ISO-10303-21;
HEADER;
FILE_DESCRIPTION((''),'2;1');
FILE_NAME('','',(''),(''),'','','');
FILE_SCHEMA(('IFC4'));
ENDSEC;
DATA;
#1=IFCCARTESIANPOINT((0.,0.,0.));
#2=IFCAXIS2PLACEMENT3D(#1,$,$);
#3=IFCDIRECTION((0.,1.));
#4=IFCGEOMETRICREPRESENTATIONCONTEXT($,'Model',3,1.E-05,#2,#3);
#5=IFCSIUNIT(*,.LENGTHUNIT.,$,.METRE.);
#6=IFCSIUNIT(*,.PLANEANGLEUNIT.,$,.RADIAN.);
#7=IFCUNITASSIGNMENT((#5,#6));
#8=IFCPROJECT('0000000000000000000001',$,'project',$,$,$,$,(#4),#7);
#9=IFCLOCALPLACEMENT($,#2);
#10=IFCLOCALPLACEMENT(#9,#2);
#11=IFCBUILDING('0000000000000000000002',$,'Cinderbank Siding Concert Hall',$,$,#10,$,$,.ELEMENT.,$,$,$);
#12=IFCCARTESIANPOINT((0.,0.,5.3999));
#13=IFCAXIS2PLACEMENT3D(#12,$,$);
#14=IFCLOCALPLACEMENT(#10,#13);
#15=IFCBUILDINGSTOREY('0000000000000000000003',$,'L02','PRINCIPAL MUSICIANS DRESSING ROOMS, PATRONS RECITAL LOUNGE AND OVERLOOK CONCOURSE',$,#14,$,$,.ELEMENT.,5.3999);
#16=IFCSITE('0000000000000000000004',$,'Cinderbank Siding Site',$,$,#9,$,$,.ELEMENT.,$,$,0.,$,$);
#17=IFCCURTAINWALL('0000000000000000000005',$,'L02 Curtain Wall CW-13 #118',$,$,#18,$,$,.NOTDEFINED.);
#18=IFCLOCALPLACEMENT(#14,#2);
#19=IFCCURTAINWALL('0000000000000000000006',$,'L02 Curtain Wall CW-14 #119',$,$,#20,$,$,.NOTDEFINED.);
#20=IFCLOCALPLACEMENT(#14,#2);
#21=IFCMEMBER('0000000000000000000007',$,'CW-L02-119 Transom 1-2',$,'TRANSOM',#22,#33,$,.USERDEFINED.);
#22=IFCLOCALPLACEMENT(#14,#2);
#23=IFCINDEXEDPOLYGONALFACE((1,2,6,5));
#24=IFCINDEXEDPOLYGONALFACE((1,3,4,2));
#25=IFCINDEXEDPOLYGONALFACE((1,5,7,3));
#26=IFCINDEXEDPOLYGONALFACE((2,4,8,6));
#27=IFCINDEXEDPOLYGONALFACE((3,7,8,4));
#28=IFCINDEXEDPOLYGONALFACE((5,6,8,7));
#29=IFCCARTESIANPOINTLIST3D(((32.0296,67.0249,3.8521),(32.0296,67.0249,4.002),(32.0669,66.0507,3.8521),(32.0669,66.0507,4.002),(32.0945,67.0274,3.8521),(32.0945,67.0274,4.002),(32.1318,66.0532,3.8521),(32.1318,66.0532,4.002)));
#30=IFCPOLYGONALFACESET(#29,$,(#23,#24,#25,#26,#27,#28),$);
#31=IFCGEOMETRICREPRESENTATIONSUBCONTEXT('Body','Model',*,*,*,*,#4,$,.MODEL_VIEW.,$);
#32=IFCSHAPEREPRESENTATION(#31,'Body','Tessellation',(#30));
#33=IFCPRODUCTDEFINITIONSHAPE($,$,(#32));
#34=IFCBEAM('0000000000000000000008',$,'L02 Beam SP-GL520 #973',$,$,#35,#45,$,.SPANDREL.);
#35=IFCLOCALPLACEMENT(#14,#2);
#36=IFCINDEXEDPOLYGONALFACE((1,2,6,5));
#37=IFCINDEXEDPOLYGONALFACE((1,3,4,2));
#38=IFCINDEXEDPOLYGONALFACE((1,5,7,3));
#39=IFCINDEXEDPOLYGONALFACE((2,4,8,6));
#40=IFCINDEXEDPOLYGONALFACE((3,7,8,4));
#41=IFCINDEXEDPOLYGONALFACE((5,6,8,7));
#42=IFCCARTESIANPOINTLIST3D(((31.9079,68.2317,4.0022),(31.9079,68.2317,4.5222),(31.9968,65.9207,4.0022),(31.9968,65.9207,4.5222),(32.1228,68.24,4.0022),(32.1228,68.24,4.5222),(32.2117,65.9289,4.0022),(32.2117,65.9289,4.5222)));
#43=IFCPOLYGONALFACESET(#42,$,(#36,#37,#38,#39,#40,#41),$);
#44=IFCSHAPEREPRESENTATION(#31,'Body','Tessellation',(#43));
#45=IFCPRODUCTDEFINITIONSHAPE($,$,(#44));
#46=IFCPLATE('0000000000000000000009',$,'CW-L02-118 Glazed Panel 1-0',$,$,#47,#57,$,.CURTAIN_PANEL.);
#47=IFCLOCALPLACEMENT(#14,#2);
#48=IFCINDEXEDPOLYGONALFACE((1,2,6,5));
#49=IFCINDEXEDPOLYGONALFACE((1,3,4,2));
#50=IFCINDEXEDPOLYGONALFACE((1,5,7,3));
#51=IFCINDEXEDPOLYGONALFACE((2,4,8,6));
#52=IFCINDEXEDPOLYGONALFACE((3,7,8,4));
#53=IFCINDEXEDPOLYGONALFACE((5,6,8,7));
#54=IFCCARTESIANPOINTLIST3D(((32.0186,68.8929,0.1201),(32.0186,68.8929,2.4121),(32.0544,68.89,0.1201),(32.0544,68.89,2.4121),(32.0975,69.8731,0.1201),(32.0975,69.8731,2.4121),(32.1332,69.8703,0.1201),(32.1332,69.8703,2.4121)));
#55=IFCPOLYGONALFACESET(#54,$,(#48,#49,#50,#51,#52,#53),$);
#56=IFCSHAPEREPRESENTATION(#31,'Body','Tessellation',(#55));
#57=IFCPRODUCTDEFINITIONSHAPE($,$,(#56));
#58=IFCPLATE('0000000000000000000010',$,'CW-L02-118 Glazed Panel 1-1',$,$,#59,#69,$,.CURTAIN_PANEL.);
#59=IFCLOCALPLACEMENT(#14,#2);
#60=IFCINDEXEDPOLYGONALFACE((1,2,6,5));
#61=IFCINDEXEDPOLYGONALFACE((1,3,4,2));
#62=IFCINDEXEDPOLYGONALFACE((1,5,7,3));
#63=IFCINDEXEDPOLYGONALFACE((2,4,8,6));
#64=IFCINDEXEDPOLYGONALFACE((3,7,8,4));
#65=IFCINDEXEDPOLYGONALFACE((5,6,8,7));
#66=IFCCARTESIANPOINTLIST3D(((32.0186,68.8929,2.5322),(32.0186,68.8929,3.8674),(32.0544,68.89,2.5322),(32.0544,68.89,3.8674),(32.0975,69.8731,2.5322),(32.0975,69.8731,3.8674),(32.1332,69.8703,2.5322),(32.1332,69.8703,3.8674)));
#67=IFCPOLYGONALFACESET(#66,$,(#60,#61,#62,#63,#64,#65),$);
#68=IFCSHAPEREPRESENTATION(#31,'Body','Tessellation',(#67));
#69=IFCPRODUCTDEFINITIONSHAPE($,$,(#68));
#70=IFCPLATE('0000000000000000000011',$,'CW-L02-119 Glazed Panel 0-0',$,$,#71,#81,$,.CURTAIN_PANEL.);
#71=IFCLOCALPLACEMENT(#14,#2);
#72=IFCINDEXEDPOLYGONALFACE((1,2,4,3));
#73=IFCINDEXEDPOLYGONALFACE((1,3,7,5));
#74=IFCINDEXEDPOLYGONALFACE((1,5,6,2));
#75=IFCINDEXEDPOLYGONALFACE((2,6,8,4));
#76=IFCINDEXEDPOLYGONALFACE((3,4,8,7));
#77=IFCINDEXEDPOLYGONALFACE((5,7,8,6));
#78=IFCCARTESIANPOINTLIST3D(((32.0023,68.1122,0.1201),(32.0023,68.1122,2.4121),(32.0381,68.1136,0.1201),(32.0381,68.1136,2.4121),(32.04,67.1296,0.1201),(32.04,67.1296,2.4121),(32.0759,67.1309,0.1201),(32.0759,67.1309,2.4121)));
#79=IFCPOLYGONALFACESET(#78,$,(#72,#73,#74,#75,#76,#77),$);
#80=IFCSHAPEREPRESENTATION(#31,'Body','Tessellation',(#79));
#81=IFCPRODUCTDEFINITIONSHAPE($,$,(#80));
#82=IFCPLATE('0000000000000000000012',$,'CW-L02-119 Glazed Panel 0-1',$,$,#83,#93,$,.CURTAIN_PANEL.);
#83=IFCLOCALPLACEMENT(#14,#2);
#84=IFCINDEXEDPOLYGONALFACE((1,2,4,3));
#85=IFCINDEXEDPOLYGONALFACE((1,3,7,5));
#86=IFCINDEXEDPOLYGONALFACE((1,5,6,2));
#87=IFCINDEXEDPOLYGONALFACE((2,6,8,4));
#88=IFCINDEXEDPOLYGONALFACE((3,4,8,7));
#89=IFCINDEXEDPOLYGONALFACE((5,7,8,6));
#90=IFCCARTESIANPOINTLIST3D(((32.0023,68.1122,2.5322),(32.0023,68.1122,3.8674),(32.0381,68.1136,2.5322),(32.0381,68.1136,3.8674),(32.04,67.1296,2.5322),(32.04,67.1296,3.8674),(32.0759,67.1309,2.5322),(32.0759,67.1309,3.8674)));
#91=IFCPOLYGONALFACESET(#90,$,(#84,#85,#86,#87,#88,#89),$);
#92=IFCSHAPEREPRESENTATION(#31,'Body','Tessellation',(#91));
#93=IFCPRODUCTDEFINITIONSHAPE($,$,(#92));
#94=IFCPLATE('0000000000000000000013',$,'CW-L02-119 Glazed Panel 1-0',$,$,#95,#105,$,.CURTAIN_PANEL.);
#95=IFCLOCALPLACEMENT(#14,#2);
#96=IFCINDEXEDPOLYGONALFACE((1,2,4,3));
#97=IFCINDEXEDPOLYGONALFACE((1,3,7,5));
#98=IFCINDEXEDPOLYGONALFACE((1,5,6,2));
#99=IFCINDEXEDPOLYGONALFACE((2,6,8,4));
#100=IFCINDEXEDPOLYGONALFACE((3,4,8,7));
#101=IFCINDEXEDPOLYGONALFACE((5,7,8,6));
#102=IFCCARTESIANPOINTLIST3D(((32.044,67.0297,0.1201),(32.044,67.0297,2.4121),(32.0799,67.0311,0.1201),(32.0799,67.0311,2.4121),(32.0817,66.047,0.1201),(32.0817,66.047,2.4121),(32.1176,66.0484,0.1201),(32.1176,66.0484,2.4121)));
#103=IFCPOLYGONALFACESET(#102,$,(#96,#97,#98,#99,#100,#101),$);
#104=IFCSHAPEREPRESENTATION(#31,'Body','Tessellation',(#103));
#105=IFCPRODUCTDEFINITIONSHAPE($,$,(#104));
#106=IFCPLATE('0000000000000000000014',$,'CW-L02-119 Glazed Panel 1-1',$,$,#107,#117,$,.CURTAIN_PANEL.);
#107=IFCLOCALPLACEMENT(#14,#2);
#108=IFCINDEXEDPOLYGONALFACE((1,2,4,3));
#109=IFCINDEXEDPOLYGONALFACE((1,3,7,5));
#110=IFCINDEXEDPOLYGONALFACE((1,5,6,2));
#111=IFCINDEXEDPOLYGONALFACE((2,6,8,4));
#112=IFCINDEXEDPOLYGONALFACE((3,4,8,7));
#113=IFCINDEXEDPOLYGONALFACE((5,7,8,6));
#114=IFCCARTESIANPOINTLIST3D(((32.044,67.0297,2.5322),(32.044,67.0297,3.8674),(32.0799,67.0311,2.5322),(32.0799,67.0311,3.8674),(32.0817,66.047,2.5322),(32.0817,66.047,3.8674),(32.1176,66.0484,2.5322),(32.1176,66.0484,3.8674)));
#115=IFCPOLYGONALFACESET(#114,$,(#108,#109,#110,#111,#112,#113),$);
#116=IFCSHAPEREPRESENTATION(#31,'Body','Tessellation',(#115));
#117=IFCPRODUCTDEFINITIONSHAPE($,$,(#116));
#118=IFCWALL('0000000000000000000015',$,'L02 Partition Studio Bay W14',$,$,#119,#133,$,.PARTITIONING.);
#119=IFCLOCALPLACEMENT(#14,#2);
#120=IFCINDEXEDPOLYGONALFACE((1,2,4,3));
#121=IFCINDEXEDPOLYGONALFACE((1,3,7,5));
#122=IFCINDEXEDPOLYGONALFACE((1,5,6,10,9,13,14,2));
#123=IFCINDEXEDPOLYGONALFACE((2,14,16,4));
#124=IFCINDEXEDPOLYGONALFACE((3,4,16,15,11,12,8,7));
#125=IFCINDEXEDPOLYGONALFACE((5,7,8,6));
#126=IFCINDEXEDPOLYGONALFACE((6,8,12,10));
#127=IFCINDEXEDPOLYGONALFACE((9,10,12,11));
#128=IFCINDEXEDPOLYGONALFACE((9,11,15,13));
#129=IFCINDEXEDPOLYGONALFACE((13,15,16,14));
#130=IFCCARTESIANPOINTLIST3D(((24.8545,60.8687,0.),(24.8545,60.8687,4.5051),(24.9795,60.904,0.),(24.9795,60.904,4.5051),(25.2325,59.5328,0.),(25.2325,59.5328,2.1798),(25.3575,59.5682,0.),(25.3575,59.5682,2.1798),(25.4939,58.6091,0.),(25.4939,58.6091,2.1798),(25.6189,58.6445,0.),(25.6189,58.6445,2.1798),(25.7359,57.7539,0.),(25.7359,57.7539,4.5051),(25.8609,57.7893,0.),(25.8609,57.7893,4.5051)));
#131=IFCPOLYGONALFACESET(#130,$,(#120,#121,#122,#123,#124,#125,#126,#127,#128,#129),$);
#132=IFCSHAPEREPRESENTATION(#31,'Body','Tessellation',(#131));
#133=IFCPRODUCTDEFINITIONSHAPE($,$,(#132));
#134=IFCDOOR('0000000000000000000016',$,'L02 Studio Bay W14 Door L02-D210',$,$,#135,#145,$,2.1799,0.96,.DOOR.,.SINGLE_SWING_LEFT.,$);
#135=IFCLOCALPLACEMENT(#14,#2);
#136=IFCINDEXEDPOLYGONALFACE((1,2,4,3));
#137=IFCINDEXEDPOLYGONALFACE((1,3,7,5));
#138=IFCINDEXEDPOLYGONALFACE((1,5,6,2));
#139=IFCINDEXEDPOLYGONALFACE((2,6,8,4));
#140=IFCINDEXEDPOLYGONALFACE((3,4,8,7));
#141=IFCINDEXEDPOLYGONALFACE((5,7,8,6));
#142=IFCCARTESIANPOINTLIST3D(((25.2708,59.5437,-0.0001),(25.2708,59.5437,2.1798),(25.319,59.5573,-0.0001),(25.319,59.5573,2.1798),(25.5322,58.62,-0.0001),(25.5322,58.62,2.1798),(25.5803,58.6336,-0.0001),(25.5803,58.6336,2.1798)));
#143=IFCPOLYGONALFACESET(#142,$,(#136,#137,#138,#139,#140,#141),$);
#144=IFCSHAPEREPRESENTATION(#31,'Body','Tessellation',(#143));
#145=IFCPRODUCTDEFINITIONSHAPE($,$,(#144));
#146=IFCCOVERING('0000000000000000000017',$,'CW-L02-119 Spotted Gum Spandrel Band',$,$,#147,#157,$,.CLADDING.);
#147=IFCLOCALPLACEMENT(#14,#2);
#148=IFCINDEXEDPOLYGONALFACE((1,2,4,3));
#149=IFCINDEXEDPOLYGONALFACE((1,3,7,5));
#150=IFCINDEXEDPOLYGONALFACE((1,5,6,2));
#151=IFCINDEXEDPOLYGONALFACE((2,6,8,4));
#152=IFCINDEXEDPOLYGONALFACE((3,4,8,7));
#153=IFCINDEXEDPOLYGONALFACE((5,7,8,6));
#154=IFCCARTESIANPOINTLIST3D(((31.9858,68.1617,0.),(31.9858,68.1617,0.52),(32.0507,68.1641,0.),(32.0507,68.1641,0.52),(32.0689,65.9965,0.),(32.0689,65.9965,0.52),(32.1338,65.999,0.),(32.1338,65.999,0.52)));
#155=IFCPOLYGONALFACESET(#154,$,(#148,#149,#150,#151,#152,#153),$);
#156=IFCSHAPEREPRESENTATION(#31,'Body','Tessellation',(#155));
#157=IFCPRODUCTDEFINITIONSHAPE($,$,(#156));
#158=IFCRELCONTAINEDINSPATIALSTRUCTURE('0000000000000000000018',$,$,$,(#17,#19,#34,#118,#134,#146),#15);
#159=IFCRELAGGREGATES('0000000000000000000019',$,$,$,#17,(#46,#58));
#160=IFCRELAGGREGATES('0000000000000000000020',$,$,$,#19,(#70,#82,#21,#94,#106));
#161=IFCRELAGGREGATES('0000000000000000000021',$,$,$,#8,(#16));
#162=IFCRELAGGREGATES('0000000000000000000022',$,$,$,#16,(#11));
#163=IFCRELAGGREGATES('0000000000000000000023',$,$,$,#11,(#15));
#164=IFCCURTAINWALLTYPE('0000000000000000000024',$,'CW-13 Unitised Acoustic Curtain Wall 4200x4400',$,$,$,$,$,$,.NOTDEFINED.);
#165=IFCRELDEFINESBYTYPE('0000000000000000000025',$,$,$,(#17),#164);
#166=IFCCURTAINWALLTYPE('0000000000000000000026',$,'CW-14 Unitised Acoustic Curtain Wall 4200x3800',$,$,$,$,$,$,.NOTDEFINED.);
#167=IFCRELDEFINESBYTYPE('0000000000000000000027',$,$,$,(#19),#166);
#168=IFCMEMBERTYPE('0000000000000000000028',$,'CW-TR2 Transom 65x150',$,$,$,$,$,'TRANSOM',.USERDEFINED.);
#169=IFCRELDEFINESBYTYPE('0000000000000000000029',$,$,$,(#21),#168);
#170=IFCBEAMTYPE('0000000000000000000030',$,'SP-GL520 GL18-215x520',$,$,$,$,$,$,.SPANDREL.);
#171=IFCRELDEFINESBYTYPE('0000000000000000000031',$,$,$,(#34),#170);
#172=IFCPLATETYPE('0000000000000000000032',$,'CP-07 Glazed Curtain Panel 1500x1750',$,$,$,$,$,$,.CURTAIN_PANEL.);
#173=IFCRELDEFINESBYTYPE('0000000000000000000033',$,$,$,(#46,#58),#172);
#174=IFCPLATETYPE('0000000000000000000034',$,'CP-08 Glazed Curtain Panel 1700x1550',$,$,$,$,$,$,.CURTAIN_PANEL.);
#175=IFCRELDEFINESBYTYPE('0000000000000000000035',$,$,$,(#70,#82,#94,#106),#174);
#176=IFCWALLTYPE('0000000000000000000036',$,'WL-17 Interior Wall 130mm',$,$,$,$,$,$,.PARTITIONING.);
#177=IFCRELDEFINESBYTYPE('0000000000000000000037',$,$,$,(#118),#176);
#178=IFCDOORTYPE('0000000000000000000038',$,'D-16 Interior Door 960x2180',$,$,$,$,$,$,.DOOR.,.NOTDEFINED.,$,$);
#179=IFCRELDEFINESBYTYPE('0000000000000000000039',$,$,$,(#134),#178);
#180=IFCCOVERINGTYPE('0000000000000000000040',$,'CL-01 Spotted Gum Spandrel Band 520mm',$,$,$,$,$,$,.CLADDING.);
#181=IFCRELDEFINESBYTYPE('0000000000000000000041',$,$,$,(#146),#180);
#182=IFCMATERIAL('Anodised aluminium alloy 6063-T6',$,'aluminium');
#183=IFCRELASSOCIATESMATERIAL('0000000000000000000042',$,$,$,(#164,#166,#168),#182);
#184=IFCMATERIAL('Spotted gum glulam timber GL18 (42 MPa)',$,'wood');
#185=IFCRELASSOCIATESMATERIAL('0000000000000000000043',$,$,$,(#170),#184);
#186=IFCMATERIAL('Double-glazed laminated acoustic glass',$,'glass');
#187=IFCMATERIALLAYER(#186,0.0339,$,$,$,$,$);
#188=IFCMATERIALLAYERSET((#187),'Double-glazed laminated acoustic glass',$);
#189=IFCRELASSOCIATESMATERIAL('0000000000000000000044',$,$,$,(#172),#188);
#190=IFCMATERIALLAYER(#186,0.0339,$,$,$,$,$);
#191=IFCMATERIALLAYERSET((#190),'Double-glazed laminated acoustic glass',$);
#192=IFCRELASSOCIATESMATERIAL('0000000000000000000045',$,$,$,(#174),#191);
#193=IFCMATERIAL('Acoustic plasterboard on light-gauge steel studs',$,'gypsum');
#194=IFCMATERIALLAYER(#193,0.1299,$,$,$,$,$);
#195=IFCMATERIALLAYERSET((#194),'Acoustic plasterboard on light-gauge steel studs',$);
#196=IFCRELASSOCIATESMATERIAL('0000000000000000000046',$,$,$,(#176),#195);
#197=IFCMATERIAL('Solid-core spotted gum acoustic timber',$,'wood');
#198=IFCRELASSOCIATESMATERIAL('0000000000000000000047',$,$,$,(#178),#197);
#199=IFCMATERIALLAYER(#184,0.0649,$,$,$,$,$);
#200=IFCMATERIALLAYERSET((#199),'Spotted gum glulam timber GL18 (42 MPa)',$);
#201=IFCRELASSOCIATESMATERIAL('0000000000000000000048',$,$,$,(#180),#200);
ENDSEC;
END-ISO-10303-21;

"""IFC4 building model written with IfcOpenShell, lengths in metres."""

from ifc_helpers import new_model, si_unit, direction, frame, frame_2d, origin, origin_2d, place, context, subcontext, project, spatial, rectangle, extrude, material, layer, layer_set, material_profile, profile_set, type_object, element, fill, aggregate, save


model = new_model("IFC4")

# Units and contexts
model_context = context("Model", 3, precision=1e-05, world=origin(), true_north=direction((0.0, 1.0)))
body_context = subcontext(model_context, "Body", "Model", "MODEL_VIEW")
ifc_project = project(units=[si_unit("LENGTHUNIT", "METRE"), si_unit("PLANEANGLEUNIT", "RADIAN")], contexts=[model_context])

# Site, building, storey
site_placement = place(None, origin())
site = spatial("IfcSite", under=ifc_project, at=site_placement, Name="Cinderbank Siding Site", CompositionType="ELEMENT", RefElevation=0.0)
building_placement = place(site_placement, origin())
building = spatial("IfcBuilding", under=site, at=building_placement, Name="Cinderbank Siding Concert Hall", CompositionType="ELEMENT")
storey_placement = place(building_placement, frame((0.0, 0.0, 5.3999)))
storey = spatial("IfcBuildingStorey", under=building, at=storey_placement, Name="L02", Description="PRINCIPAL MUSICIANS DRESSING ROOMS, PATRONS RECITAL LOUNGE AND OVERLOOK CONCOURSE", CompositionType="ELEMENT", Elevation=5.3999)

# Curtain wall
ifc_material_1 = material(Name="Anodised aluminium alloy 6063-T6", Category="aluminium")
curtain_wall_type_1 = type_object("IfcCurtainWallType", Name="CW-13 Unitised Acoustic Curtain Wall 4200x4400", PredefinedType="NOTDEFINED", material=ifc_material_1)
curtain_wall_1_placement = place(storey_placement, origin())
curtain_wall_1 = element("IfcCurtainWall", 1, at=curtain_wall_1_placement, inside=storey, type_object=curtain_wall_type_1, Name="L02 Curtain Wall CW-13 #118", PredefinedType="NOTDEFINED")

# Curtain wall
curtain_wall_type_2 = type_object("IfcCurtainWallType", Name="CW-14 Unitised Acoustic Curtain Wall 4200x3800", PredefinedType="NOTDEFINED", material=ifc_material_1)
curtain_wall_2_placement = place(storey_placement, origin())
curtain_wall_2 = element("IfcCurtainWall", 2, at=curtain_wall_2_placement, inside=storey, type_object=curtain_wall_type_2, Name="L02 Curtain Wall CW-14 #119", PredefinedType="NOTDEFINED")

# Member
ifc_material_profile_1 = material_profile(ifc_material_1, rectangle(XDim=0.0649, YDim=0.1499, at=origin_2d()), Name="ALU-TRAN-65x150", Category="LoadBearing")
ifc_profile_set_1 = profile_set([ifc_material_profile_1], Name="Anodised aluminium alloy 6063-T6")
member_type_1 = type_object("IfcMemberType", Name="CW-TR2 Transom 65x150", ElementType="TRANSOM", PredefinedType="USERDEFINED", material=ifc_profile_set_1)
member_1_placement = place(storey_placement, frame((32.062, 67.0261, 3.927), z_axis=(0.038318, -0.999266, 0.0), x_axis=(0.999266, 0.038318, 0.0)))
member_1 = element("IfcMember", 3, at=member_1_placement, type_object=member_type_1, Name="CW-L02-119 Transom 1-2", ObjectType="TRANSOM", PredefinedType="USERDEFINED", context=body_context, shape_type="SweptSolid", body=[
    extrude(rectangle(XDim=0.0649, YDim=0.1499, at=origin_2d()), origin(), (0.0, 0.0, 1.0), 0.9749),
])

# Beam
ifc_material_2 = material(Name="Spotted gum glulam timber GL18 (42 MPa)", Category="wood")
ifc_material_profile_2 = material_profile(ifc_material_2, rectangle(XDim=0.2151, YDim=0.52, at=origin_2d()), Name="GL18-215x520", Category="LoadBearing")
ifc_profile_set_2 = profile_set([ifc_material_profile_2], Name="Spotted gum glulam timber GL18 (42 MPa)")
beam_type_1 = type_object("IfcBeamType", Name="SP-GL520 GL18-215x520", PredefinedType="SPANDREL", material=ifc_profile_set_2)
beam_placement = place(storey_placement, frame((32.0154, 68.2358, 4.2622), z_axis=(0.038425, -0.999261, 0.0), x_axis=(0.999261, 0.038425, 0.0)))
element("IfcBeam", 4, at=beam_placement, inside=storey, type_object=beam_type_1, Name="L02 Beam SP-GL520 #973", PredefinedType="SPANDREL", context=body_context, shape_type="SweptSolid", body=[
    extrude(rectangle(XDim=0.2151, YDim=0.52, at=origin_2d()), origin(), (0.0, 0.0, 1.0), 2.3127),
])

# Plates
ifc_material_3 = material(Name="Double-glazed laminated acoustic glass", Category="glass")
ifc_layer_1 = layer(ifc_material_3, 0.0339)
ifc_layer_set_1 = layer_set([ifc_layer_1], Name="Double-glazed laminated acoustic glass")
plate_type_1 = type_object("IfcPlateType", Name="CP-07 Glazed Curtain Panel 1500x1750", PredefinedType="CURTAIN_PANEL", material=ifc_layer_set_1)
plate_1_placement = place(storey_placement, frame((32.0759, 69.3816, 0.1201), z_axis=(0.0, 0.0, 1.0), x_axis=(-0.080196, -0.996779, 0.0)))
plate_1 = element("IfcPlate", 5, at=plate_1_placement, type_object=plate_type_1, Name="CW-L02-118 Glazed Panel 1-0", PredefinedType="CURTAIN_PANEL", context=body_context, shape_type="SweptSolid", body=[
    extrude(rectangle(XDim=0.9834, YDim=0.0359, at=origin_2d()), origin(), (0.0, 0.0, 1.0), 2.292),
])
plate_2_placement = place(storey_placement, frame((32.0759, 69.3816, 2.5322), z_axis=(0.0, 0.0, 1.0), x_axis=(-0.080196, -0.996779, 0.0)))
plate_2 = element("IfcPlate", 6, at=plate_2_placement, type_object=plate_type_1, Name="CW-L02-118 Glazed Panel 1-1", PredefinedType="CURTAIN_PANEL", context=body_context, shape_type="SweptSolid", body=[
    extrude(rectangle(XDim=0.9834, YDim=0.0359, at=origin_2d()), origin(), (0.0, 0.0, 1.0), 1.3352),
])
aggregate(curtain_wall_1, [plate_1, plate_2])
ifc_layer_2 = layer(ifc_material_3, 0.0339)
ifc_layer_set_2 = layer_set([ifc_layer_2], Name="Double-glazed laminated acoustic glass")
plate_type_2 = type_object("IfcPlateType", Name="CP-08 Glazed Curtain Panel 1700x1550", PredefinedType="CURTAIN_PANEL", material=ifc_layer_set_2)
plate_3_placement = place(storey_placement, frame((32.0391, 67.6216, 0.1201), z_axis=(0.0, 0.0, 1.0), x_axis=(0.03836, -0.999264, 0.0)))
plate_3 = element("IfcPlate", 7, at=plate_3_placement, type_object=plate_type_2, Name="CW-L02-119 Glazed Panel 0-0", PredefinedType="CURTAIN_PANEL", context=body_context, shape_type="SweptSolid", body=[
    extrude(rectangle(XDim=0.9834, YDim=0.0359, at=origin_2d()), origin(), (0.0, 0.0, 1.0), 2.292),
])
plate_4_placement = place(storey_placement, frame((32.0391, 67.6216, 2.5322), z_axis=(0.0, 0.0, 1.0), x_axis=(0.03836, -0.999264, 0.0)))
plate_4 = element("IfcPlate", 8, at=plate_4_placement, type_object=plate_type_2, Name="CW-L02-119 Glazed Panel 0-1", PredefinedType="CURTAIN_PANEL", context=body_context, shape_type="SweptSolid", body=[
    extrude(rectangle(XDim=0.9834, YDim=0.0359, at=origin_2d()), origin(), (0.0, 0.0, 1.0), 1.3352),
])
plate_5_placement = place(storey_placement, frame((32.0808, 66.5391, 0.1201), z_axis=(0.0, 0.0, 1.0), x_axis=(0.03836, -0.999264, 0.0)))
plate_5 = element("IfcPlate", 9, at=plate_5_placement, type_object=plate_type_2, Name="CW-L02-119 Glazed Panel 1-0", PredefinedType="CURTAIN_PANEL", context=body_context, shape_type="SweptSolid", body=[
    extrude(rectangle(XDim=0.9834, YDim=0.0359, at=origin_2d()), origin(), (0.0, 0.0, 1.0), 2.292),
])
plate_6_placement = place(storey_placement, frame((32.0808, 66.5391, 2.5322), z_axis=(0.0, 0.0, 1.0), x_axis=(0.03836, -0.999264, 0.0)))
plate_6 = element("IfcPlate", 10, at=plate_6_placement, type_object=plate_type_2, Name="CW-L02-119 Glazed Panel 1-1", PredefinedType="CURTAIN_PANEL", context=body_context, shape_type="SweptSolid", body=[
    extrude(rectangle(XDim=0.9834, YDim=0.0359, at=origin_2d()), origin(), (0.0, 0.0, 1.0), 1.3352),
])
aggregate(curtain_wall_2, [plate_3, plate_4, member_1, plate_5, plate_6])

# Wall, opening, door
ifc_material_4 = material(Name="Acoustic plasterboard on light-gauge steel studs", Category="gypsum")
ifc_layer_3 = layer(ifc_material_4, 0.1299)
ifc_layer_set_3 = layer_set([ifc_layer_3], Name="Acoustic plasterboard on light-gauge steel studs")
wall_type = type_object("IfcWallType", Name="WL-17 Interior Wall 130mm", PredefinedType="PARTITIONING", material=ifc_layer_set_3)
wall_placement = place(storey_placement, frame((24.917, 60.8865, 0.0), z_axis=(0.0, 0.0, 1.0), x_axis=(0.27227, -0.962221, 0.0)))
wall = element("IfcWall", 11, at=wall_placement, inside=storey, type_object=wall_type, Name="L02 Partition Studio Bay W14", PredefinedType="PARTITIONING", context=body_context, shape_type="SweptSolid", body=[
    extrude(rectangle(XDim=3.2371, YDim=0.1299, at=frame_2d((1.6187, 0.0))), origin(), (0.0, 0.0, 1.0), 4.5051),
])
opening_placement = place(wall_placement, frame((1.3884, 0.0, 0.0)))
opening = element("IfcOpeningElement", 12, at=opening_placement, cuts=wall, PredefinedType="OPENING", context=body_context, shape_type="SweptSolid", body=[
    extrude(rectangle(XDim=0.96, YDim=2.1799, at=frame_2d((0.48, 1.0898))), frame((0.0, 0.0769, 0.0), z_axis=(0.0, -1.0, 0.0), x_axis=(1.0, 0.0, 0.0)), (0.0, 0.0, 1.0), 0.1538),
])
ifc_material_5 = material(Name="Solid-core spotted gum acoustic timber", Category="wood")
door_type = type_object("IfcDoorType", Name="D-16 Interior Door 960x2180", OperationType="NOTDEFINED", PredefinedType="DOOR", material=ifc_material_5)
door_placement = place(opening_placement, origin())
door = element("IfcDoor", 13, at=door_placement, inside=storey, type_object=door_type, Name="L02 Studio Bay W14 Door L02-D210", OperationType="SINGLE_SWING_LEFT", OverallHeight=2.1799, OverallWidth=0.96, PredefinedType="DOOR", context=body_context, shape_type="SweptSolid", body=[
    extrude(rectangle(XDim=0.96, YDim=2.1799, at=frame_2d((0.48, 1.0898))), frame((0.0, 0.0249, 0.0), z_axis=(0.0, -1.0, 0.0), x_axis=(1.0, 0.0, 0.0)), (0.0, 0.0, 1.0), 0.05),
])
fill(opening, door)

# Covering
ifc_layer_4 = layer(ifc_material_2, 0.0649)
ifc_layer_set_4 = layer_set([ifc_layer_4], Name="Spotted gum glulam timber GL18 (42 MPa)")
covering_type = type_object("IfcCoveringType", Name="CL-01 Spotted Gum Spandrel Band 520mm", PredefinedType="CLADDING", material=ifc_layer_set_4)
covering_placement = place(storey_placement, frame((32.0598, 67.0803, 0.0), z_axis=(0.0, 0.0, 1.0), x_axis=(0.03836, -0.999264, 0.0)))
element("IfcCovering", 14, at=covering_placement, inside=storey, type_object=covering_type, Name="CW-L02-119 Spotted Gum Spandrel Band", PredefinedType="CLADDING", context=body_context, shape_type="SweptSolid", body=[
    extrude(rectangle(XDim=2.1667, YDim=0.0649, at=origin_2d()), origin(), (0.0, 0.0, 1.0), 0.52),
])

save(model, "model.ifc")
